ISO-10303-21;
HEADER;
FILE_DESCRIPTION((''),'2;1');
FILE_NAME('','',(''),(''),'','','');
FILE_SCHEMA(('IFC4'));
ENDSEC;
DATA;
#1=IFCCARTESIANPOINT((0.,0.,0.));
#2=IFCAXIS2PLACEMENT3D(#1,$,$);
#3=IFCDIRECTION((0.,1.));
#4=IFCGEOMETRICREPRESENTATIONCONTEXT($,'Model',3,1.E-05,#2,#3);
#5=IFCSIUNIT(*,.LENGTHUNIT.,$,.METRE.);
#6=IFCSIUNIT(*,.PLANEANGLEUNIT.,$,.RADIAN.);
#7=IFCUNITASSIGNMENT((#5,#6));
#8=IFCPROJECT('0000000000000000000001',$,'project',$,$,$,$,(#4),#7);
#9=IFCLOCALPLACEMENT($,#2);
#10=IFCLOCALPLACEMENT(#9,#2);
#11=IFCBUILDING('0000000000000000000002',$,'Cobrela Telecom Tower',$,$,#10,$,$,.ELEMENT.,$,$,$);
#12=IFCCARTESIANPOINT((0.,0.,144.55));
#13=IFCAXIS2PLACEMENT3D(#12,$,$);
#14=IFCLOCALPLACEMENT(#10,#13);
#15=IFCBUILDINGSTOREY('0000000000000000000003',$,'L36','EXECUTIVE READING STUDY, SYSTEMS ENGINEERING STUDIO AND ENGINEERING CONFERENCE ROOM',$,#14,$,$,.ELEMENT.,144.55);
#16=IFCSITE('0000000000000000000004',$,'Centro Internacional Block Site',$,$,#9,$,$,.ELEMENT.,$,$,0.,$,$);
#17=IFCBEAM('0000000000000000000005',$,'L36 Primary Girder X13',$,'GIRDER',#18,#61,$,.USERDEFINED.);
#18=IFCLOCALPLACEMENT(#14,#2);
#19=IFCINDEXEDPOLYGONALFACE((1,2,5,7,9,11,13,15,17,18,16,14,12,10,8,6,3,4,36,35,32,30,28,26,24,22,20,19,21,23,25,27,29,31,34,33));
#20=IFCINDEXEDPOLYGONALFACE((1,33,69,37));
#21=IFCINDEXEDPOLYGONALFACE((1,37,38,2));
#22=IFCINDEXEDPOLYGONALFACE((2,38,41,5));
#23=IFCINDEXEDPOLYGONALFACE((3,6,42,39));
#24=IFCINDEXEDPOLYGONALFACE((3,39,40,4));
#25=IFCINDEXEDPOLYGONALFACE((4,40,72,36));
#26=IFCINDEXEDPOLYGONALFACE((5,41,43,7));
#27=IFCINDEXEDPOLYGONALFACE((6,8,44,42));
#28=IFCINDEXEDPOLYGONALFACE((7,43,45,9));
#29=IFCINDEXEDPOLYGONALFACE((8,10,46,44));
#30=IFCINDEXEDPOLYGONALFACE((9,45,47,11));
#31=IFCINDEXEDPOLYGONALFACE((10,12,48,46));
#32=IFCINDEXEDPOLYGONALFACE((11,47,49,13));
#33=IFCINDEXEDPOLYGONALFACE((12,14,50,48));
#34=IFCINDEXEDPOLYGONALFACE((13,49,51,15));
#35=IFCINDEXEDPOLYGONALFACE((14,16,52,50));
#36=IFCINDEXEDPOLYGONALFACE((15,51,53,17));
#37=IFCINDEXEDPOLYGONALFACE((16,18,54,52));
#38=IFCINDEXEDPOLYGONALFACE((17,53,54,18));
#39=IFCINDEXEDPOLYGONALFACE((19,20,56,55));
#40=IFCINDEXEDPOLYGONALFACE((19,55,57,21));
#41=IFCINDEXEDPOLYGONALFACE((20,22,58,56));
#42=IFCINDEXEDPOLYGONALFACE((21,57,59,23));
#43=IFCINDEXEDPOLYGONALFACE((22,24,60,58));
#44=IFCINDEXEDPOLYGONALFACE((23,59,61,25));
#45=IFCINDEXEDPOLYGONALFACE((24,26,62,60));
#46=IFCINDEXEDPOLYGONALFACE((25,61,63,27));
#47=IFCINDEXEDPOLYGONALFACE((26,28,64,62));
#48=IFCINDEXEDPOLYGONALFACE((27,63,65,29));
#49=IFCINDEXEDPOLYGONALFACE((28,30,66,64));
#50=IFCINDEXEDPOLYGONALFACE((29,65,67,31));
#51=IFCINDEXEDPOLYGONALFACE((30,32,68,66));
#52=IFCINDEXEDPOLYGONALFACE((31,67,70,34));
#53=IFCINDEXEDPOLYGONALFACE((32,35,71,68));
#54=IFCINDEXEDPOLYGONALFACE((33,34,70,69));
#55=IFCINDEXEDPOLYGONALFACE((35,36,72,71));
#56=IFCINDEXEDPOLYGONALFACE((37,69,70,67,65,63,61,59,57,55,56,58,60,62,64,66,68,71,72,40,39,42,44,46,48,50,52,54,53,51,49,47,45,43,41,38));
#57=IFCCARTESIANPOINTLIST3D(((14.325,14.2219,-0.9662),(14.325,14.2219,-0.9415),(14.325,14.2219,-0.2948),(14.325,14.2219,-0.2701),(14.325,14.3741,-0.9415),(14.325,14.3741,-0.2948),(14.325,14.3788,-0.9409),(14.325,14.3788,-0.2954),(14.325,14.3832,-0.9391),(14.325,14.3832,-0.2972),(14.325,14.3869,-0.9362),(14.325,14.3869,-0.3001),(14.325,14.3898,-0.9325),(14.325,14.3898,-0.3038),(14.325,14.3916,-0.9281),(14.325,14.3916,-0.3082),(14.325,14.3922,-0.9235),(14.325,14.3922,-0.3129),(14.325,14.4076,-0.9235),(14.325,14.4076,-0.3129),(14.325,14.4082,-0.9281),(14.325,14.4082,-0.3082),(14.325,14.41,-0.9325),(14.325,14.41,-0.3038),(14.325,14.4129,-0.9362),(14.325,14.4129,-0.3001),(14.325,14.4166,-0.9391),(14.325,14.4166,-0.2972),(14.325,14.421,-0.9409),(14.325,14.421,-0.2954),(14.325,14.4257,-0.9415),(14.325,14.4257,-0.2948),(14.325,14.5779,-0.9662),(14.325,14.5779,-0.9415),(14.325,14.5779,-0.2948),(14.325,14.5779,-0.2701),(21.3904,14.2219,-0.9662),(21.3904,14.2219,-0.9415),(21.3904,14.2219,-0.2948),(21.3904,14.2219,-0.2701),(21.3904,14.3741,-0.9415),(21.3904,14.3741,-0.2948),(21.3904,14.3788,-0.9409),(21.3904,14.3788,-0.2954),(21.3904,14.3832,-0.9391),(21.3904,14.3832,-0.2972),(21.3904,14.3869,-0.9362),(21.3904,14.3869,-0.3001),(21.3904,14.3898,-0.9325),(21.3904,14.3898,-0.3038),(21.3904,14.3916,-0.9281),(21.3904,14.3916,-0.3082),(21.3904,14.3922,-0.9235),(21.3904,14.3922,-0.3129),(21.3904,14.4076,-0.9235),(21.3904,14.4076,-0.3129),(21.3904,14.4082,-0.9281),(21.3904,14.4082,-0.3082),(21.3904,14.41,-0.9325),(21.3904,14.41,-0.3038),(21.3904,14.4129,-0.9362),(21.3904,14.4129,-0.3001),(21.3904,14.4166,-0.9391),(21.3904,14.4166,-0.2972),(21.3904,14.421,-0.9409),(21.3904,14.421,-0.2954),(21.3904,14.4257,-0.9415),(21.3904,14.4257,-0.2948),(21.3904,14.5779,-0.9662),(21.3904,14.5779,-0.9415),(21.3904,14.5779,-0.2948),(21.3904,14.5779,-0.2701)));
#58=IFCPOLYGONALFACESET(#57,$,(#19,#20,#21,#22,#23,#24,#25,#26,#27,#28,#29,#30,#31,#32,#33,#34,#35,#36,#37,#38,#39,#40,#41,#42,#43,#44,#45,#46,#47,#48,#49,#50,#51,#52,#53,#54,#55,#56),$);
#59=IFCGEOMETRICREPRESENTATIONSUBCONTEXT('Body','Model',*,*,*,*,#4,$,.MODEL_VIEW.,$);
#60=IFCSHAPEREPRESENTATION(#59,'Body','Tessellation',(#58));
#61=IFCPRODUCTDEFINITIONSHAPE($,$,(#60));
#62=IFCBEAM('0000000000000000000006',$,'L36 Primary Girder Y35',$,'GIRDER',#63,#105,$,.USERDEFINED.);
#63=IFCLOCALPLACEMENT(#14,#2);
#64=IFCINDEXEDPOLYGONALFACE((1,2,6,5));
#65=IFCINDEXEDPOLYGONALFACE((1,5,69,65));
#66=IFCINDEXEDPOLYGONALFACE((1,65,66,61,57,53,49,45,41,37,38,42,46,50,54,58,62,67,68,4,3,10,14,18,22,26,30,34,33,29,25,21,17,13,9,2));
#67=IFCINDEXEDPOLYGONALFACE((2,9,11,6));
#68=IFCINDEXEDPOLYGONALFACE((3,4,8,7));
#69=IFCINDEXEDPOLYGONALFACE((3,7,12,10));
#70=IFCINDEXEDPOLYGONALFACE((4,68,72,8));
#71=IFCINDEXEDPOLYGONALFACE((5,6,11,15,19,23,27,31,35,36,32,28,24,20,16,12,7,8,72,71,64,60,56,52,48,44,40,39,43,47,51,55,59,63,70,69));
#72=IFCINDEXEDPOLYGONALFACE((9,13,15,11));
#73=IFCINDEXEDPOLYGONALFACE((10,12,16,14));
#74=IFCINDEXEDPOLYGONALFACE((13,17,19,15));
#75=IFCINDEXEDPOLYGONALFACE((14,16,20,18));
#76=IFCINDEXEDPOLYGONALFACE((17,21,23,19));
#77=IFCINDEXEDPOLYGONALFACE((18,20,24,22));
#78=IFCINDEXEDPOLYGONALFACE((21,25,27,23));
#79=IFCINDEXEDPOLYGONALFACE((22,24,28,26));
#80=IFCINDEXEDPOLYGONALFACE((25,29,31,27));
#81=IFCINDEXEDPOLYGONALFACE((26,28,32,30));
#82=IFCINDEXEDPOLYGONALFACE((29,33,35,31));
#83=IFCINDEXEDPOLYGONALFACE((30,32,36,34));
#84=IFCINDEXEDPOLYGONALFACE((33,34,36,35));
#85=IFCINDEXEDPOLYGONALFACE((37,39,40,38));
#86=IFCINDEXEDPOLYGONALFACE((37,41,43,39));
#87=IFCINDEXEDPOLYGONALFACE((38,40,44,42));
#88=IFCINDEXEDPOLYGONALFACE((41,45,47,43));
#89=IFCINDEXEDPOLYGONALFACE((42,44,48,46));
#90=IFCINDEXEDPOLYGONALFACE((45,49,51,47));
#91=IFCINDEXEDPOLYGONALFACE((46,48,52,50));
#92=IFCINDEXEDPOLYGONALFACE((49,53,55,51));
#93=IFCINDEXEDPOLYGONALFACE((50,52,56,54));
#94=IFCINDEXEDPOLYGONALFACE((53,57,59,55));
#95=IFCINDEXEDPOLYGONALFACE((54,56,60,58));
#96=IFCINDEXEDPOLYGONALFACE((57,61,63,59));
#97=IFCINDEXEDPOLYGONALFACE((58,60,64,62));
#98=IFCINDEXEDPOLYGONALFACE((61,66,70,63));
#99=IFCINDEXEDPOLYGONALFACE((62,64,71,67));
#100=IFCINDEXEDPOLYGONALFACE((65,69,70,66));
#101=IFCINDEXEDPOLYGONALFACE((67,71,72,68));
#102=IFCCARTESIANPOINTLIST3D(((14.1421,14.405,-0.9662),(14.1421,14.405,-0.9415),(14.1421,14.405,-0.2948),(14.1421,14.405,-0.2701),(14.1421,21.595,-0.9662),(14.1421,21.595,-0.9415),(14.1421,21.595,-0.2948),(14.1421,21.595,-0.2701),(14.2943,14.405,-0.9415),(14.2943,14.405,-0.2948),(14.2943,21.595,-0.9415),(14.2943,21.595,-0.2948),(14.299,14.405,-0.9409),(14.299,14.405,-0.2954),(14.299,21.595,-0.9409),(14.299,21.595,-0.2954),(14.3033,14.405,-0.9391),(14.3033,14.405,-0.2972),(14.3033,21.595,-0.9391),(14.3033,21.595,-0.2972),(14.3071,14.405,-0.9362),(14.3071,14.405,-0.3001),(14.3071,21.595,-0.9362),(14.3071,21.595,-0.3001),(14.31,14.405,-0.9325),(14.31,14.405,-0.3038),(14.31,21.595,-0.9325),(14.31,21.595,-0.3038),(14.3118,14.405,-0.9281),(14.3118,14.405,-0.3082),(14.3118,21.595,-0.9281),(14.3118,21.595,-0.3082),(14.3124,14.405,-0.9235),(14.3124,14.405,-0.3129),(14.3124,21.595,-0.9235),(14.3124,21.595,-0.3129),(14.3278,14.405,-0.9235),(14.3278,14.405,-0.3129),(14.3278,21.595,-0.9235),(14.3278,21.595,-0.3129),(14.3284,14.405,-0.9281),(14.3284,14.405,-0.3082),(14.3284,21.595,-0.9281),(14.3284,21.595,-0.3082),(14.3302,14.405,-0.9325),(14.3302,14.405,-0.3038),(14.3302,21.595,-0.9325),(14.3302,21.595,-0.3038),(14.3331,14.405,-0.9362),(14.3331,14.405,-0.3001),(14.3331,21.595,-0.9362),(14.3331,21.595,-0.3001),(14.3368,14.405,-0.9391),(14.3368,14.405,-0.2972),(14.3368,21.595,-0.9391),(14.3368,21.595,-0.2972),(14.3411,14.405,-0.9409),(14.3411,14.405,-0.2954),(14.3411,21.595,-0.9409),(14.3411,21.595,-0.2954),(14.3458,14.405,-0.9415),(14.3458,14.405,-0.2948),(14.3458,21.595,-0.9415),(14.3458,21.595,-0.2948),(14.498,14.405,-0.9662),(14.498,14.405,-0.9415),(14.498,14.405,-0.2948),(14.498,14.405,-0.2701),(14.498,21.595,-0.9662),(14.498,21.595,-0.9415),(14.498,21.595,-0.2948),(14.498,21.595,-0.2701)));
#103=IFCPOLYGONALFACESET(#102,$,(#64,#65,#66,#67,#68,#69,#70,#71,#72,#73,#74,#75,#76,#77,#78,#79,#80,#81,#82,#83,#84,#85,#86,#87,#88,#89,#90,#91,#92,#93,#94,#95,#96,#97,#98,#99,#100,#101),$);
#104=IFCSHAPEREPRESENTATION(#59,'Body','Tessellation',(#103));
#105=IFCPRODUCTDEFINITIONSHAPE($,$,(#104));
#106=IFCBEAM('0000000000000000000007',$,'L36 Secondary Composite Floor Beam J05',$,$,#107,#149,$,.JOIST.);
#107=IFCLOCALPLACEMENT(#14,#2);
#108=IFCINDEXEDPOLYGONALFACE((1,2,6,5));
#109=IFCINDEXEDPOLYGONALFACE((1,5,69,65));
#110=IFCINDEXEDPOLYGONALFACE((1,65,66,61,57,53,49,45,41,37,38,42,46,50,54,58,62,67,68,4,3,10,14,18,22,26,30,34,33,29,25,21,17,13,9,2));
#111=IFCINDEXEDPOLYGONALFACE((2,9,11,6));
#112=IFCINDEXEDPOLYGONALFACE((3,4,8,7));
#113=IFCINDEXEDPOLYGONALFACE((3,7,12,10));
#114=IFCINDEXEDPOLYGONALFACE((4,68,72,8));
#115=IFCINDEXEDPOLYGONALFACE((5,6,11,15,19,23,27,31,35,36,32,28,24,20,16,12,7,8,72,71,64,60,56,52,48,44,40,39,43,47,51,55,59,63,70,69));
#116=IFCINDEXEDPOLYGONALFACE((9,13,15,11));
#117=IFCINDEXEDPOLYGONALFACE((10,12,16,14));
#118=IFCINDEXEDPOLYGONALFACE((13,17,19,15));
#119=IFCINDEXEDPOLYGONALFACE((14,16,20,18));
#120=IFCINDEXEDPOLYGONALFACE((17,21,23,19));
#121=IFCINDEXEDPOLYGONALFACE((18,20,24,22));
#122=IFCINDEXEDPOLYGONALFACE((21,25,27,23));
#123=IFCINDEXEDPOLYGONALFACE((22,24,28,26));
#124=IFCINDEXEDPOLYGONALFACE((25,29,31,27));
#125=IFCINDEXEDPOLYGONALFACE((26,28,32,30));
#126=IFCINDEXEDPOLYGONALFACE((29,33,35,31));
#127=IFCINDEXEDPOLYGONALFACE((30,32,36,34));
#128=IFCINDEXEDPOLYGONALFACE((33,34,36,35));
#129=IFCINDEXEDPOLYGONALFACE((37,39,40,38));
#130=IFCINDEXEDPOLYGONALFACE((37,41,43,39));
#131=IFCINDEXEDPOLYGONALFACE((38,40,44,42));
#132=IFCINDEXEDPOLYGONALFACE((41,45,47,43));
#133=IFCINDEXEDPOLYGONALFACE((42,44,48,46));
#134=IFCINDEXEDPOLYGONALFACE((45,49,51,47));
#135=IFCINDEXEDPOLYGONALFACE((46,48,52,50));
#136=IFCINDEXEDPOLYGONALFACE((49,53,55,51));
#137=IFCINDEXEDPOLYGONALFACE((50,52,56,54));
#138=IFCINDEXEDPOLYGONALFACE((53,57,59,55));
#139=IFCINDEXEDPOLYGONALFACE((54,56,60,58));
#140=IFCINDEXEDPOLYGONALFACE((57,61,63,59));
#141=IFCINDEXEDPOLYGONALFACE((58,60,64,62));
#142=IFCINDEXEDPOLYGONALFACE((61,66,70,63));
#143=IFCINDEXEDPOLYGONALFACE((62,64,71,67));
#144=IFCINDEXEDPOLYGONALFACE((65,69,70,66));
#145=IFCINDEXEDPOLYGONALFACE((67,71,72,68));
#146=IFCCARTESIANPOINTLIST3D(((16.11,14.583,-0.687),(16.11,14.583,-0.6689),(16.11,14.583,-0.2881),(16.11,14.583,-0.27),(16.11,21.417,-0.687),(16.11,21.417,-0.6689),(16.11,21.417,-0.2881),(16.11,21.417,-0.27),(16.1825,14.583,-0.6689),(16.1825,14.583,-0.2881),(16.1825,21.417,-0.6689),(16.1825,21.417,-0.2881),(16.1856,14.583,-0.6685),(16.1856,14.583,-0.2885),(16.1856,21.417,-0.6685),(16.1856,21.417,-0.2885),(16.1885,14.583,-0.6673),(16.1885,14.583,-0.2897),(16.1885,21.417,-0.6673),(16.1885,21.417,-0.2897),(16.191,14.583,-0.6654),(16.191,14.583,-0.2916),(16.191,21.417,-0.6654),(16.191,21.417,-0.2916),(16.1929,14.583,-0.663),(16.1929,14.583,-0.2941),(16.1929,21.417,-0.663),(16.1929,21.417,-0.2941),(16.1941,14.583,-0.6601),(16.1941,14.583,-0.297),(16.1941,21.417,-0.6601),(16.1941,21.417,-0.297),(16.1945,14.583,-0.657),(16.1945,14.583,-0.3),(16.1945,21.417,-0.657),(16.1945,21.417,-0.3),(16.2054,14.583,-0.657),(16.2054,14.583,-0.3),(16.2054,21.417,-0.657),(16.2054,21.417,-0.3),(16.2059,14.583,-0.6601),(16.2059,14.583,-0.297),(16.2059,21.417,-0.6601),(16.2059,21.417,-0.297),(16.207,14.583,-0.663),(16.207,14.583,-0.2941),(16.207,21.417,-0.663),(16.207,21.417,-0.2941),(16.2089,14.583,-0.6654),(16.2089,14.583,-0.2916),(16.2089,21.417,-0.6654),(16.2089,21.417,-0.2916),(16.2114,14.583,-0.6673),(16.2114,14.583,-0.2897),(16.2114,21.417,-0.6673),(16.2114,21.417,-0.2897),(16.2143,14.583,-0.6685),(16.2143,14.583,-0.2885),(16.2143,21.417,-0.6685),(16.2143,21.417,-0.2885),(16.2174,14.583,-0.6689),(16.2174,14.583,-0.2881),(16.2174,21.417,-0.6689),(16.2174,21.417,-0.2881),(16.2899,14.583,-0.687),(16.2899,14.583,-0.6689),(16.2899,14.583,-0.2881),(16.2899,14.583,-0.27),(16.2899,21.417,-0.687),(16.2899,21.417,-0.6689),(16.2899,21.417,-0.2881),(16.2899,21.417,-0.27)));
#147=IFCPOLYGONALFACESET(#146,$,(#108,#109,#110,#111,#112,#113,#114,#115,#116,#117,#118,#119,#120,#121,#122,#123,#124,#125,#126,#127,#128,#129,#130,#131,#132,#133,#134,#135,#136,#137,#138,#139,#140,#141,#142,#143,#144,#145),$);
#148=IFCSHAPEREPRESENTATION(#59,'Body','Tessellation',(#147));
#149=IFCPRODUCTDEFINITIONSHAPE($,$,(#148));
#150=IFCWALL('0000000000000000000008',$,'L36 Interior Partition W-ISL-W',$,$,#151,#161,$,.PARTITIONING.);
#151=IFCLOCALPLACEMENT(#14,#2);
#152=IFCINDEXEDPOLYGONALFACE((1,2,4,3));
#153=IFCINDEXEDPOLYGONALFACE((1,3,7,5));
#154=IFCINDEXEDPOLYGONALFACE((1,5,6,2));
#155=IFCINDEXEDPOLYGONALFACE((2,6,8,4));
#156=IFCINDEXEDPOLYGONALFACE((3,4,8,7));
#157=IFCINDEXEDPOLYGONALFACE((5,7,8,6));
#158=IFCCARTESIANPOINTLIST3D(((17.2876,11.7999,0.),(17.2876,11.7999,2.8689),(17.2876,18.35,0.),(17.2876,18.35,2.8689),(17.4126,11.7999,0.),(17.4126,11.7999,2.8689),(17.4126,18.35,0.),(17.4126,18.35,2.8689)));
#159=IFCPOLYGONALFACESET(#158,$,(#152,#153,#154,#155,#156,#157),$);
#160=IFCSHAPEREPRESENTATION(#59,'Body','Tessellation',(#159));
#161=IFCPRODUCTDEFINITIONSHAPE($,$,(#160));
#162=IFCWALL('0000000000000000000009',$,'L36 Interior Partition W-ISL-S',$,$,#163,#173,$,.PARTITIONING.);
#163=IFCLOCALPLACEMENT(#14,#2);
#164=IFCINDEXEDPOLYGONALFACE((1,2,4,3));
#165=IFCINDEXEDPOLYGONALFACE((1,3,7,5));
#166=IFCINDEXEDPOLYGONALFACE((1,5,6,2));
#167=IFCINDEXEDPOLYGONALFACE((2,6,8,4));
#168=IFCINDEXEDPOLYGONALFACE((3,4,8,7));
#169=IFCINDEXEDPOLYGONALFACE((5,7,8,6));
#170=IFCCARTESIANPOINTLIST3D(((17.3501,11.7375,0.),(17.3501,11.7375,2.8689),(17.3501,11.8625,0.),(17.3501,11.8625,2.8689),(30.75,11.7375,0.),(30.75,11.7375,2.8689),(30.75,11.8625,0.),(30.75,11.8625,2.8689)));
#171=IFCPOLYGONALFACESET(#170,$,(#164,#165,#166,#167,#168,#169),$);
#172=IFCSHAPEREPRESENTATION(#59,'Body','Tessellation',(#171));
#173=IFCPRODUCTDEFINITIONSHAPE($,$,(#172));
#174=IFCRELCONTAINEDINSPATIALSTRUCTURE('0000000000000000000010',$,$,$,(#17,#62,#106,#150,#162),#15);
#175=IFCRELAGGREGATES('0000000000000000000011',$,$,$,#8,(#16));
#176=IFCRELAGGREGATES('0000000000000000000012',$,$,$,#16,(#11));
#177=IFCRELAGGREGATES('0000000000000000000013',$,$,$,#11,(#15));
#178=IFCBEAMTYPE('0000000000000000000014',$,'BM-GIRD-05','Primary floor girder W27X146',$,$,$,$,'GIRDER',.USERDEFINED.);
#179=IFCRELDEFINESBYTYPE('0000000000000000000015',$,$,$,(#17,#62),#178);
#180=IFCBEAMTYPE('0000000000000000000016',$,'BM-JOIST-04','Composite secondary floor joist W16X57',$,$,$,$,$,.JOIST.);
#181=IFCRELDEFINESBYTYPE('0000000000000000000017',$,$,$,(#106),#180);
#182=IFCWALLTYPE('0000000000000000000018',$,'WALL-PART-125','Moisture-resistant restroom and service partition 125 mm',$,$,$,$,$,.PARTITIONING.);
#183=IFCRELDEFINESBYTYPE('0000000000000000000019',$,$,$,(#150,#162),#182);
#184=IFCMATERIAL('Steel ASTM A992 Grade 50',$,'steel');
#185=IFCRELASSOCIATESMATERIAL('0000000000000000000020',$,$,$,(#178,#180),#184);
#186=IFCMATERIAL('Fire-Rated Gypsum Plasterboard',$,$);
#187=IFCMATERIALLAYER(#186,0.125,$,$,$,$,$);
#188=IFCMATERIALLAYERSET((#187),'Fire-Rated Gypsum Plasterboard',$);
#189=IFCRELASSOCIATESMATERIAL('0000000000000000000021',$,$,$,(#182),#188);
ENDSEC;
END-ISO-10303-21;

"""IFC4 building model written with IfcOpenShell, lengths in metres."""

from ifc_helpers import new_model, si_unit, direction, frame, frame_2d, origin, origin_2d, place, context, subcontext, project, spatial, rectangle, i_section, extrude, material, layer, layer_set, material_profile, profile_set, type_object, element, save


model = new_model("IFC4")

# Units and contexts
model_context = context("Model", 3, precision=1e-05, world=origin(), true_north=direction((0.0, 1.0)))
body_context = subcontext(model_context, "Body", "Model", "MODEL_VIEW")
ifc_project = project(units=[si_unit("LENGTHUNIT", "METRE"), si_unit("PLANEANGLEUNIT", "RADIAN")], contexts=[model_context])

# Site, building, storey
site_placement = place(None, origin())
site = spatial("IfcSite", under=ifc_project, at=site_placement, Name="Centro Internacional Block Site", CompositionType="ELEMENT", RefElevation=0.0)
building_placement = place(site_placement, origin())
building = spatial("IfcBuilding", under=site, at=building_placement, Name="Cobrela Telecom Tower", CompositionType="ELEMENT")
storey_placement = place(building_placement, frame((0.0, 0.0, 144.55)))
storey = spatial("IfcBuildingStorey", under=building, at=storey_placement, Name="L36", Description="EXECUTIVE READING STUDY, SYSTEMS ENGINEERING STUDIO AND ENGINEERING CONFERENCE ROOM", CompositionType="ELEMENT", Elevation=144.55)

# Beams
ifc_material_1 = material(Name="Steel ASTM A992 Grade 50", Category="steel")
ifc_material_profile_1 = material_profile(ifc_material_1, i_section(OverallWidth=0.356, OverallDepth=0.696, WebThickness=0.0154, FlangeThickness=0.0247, FilletRadius=0.0181, at=origin_2d()), Name="W27X146")
ifc_profile_set_1 = profile_set([ifc_material_profile_1], Name="Steel ASTM A992 Grade 50")
beam_type_1 = type_object("IfcBeamType", Name="BM-GIRD-05", Description="Primary floor girder W27X146", ElementType="GIRDER", PredefinedType="USERDEFINED", material=ifc_profile_set_1)
beam_1_placement = place(storey_placement, frame((14.325, 14.3999, -0.6182), z_axis=(1.0, 0.0, 0.0), x_axis=(0.0, 1.0, 0.0)))
element("IfcBeam", 1, at=beam_1_placement, inside=storey, type_object=beam_type_1, Name="L36 Primary Girder X13", ObjectType="GIRDER", PredefinedType="USERDEFINED", context=body_context, shape_type="SweptSolid", body=[
    extrude(i_section(OverallWidth=0.356, OverallDepth=0.696, WebThickness=0.0154, FlangeThickness=0.0247, FilletRadius=0.0181, at=origin_2d()), origin(), (0.0, 0.0, 1.0), 7.0654),
])
beam_2_placement = place(storey_placement, frame((14.3201, 14.405, -0.6182), z_axis=(0.0, 1.0, 0.0), x_axis=(-1.0, 0.0, 0.0)))
element("IfcBeam", 2, at=beam_2_placement, inside=storey, type_object=beam_type_1, Name="L36 Primary Girder Y35", ObjectType="GIRDER", PredefinedType="USERDEFINED", context=body_context, shape_type="SweptSolid", body=[
    extrude(i_section(OverallWidth=0.356, OverallDepth=0.696, WebThickness=0.0154, FlangeThickness=0.0247, FilletRadius=0.0181, at=origin_2d()), origin(), (0.0, 0.0, 1.0), 7.1899),
])
ifc_material_profile_2 = material_profile(ifc_material_1, i_section(OverallWidth=0.1799, OverallDepth=0.417, WebThickness=0.011, FlangeThickness=0.0181, FilletRadius=0.012, at=origin_2d()), Name="W16X57")
ifc_profile_set_2 = profile_set([ifc_material_profile_2], Name="Steel ASTM A992 Grade 50")
beam_type_2 = type_object("IfcBeamType", Name="BM-JOIST-04", Description="Composite secondary floor joist W16X57", PredefinedType="JOIST", material=ifc_profile_set_2)
beam_3_placement = place(storey_placement, frame((16.2, 14.583, -0.4785), z_axis=(0.0, 1.0, 0.0), x_axis=(-1.0, 0.0, 0.0)))
element("IfcBeam", 3, at=beam_3_placement, inside=storey, type_object=beam_type_2, Name="L36 Secondary Composite Floor Beam J05", PredefinedType="JOIST", context=body_context, shape_type="SweptSolid", body=[
    extrude(i_section(OverallWidth=0.1799, OverallDepth=0.417, WebThickness=0.011, FlangeThickness=0.0181, FilletRadius=0.012, at=origin_2d()), origin(), (0.0, 0.0, 1.0), 6.834),
])

# Walls
ifc_material_2 = material(Name="Fire-Rated Gypsum Plasterboard")
ifc_layer_1 = layer(ifc_material_2, 0.125)
ifc_layer_set_1 = layer_set([ifc_layer_1], Name="Fire-Rated Gypsum Plasterboard")
wall_type_1 = type_object("IfcWallType", Name="WALL-PART-125", Description="Moisture-resistant restroom and service partition 125 mm", PredefinedType="PARTITIONING", material=ifc_layer_set_1)
wall_1_placement = place(storey_placement, frame((17.3501, 11.8, 0.0), z_axis=(0.0, 0.0, 1.0), x_axis=(0.0, 1.0, 0.0)))
element("IfcWall", 4, at=wall_1_placement, inside=storey, type_object=wall_type_1, Name="L36 Interior Partition W-ISL-W", PredefinedType="PARTITIONING", context=body_context, shape_type="SweptSolid", body=[
    extrude(rectangle(XDim=6.55, YDim=0.125, at=frame_2d((3.2749, 0.0))), origin(), (0.0, 0.0, 1.0), 2.8689),
])
wall_2_placement = place(storey_placement, frame((17.3501, 11.8, 0.0), z_axis=(0.0, 0.0, 1.0), x_axis=(1.0, 0.0, 0.0)))
element("IfcWall", 5, at=wall_2_placement, inside=storey, type_object=wall_type_1, Name="L36 Interior Partition W-ISL-S", PredefinedType="PARTITIONING", context=body_context, shape_type="SweptSolid", body=[
    extrude(rectangle(XDim=13.3999, YDim=0.125, at=frame_2d((6.7, 0.0))), origin(), (0.0, 0.0, 1.0), 2.8689),
])

save(model, "model.ifc")
